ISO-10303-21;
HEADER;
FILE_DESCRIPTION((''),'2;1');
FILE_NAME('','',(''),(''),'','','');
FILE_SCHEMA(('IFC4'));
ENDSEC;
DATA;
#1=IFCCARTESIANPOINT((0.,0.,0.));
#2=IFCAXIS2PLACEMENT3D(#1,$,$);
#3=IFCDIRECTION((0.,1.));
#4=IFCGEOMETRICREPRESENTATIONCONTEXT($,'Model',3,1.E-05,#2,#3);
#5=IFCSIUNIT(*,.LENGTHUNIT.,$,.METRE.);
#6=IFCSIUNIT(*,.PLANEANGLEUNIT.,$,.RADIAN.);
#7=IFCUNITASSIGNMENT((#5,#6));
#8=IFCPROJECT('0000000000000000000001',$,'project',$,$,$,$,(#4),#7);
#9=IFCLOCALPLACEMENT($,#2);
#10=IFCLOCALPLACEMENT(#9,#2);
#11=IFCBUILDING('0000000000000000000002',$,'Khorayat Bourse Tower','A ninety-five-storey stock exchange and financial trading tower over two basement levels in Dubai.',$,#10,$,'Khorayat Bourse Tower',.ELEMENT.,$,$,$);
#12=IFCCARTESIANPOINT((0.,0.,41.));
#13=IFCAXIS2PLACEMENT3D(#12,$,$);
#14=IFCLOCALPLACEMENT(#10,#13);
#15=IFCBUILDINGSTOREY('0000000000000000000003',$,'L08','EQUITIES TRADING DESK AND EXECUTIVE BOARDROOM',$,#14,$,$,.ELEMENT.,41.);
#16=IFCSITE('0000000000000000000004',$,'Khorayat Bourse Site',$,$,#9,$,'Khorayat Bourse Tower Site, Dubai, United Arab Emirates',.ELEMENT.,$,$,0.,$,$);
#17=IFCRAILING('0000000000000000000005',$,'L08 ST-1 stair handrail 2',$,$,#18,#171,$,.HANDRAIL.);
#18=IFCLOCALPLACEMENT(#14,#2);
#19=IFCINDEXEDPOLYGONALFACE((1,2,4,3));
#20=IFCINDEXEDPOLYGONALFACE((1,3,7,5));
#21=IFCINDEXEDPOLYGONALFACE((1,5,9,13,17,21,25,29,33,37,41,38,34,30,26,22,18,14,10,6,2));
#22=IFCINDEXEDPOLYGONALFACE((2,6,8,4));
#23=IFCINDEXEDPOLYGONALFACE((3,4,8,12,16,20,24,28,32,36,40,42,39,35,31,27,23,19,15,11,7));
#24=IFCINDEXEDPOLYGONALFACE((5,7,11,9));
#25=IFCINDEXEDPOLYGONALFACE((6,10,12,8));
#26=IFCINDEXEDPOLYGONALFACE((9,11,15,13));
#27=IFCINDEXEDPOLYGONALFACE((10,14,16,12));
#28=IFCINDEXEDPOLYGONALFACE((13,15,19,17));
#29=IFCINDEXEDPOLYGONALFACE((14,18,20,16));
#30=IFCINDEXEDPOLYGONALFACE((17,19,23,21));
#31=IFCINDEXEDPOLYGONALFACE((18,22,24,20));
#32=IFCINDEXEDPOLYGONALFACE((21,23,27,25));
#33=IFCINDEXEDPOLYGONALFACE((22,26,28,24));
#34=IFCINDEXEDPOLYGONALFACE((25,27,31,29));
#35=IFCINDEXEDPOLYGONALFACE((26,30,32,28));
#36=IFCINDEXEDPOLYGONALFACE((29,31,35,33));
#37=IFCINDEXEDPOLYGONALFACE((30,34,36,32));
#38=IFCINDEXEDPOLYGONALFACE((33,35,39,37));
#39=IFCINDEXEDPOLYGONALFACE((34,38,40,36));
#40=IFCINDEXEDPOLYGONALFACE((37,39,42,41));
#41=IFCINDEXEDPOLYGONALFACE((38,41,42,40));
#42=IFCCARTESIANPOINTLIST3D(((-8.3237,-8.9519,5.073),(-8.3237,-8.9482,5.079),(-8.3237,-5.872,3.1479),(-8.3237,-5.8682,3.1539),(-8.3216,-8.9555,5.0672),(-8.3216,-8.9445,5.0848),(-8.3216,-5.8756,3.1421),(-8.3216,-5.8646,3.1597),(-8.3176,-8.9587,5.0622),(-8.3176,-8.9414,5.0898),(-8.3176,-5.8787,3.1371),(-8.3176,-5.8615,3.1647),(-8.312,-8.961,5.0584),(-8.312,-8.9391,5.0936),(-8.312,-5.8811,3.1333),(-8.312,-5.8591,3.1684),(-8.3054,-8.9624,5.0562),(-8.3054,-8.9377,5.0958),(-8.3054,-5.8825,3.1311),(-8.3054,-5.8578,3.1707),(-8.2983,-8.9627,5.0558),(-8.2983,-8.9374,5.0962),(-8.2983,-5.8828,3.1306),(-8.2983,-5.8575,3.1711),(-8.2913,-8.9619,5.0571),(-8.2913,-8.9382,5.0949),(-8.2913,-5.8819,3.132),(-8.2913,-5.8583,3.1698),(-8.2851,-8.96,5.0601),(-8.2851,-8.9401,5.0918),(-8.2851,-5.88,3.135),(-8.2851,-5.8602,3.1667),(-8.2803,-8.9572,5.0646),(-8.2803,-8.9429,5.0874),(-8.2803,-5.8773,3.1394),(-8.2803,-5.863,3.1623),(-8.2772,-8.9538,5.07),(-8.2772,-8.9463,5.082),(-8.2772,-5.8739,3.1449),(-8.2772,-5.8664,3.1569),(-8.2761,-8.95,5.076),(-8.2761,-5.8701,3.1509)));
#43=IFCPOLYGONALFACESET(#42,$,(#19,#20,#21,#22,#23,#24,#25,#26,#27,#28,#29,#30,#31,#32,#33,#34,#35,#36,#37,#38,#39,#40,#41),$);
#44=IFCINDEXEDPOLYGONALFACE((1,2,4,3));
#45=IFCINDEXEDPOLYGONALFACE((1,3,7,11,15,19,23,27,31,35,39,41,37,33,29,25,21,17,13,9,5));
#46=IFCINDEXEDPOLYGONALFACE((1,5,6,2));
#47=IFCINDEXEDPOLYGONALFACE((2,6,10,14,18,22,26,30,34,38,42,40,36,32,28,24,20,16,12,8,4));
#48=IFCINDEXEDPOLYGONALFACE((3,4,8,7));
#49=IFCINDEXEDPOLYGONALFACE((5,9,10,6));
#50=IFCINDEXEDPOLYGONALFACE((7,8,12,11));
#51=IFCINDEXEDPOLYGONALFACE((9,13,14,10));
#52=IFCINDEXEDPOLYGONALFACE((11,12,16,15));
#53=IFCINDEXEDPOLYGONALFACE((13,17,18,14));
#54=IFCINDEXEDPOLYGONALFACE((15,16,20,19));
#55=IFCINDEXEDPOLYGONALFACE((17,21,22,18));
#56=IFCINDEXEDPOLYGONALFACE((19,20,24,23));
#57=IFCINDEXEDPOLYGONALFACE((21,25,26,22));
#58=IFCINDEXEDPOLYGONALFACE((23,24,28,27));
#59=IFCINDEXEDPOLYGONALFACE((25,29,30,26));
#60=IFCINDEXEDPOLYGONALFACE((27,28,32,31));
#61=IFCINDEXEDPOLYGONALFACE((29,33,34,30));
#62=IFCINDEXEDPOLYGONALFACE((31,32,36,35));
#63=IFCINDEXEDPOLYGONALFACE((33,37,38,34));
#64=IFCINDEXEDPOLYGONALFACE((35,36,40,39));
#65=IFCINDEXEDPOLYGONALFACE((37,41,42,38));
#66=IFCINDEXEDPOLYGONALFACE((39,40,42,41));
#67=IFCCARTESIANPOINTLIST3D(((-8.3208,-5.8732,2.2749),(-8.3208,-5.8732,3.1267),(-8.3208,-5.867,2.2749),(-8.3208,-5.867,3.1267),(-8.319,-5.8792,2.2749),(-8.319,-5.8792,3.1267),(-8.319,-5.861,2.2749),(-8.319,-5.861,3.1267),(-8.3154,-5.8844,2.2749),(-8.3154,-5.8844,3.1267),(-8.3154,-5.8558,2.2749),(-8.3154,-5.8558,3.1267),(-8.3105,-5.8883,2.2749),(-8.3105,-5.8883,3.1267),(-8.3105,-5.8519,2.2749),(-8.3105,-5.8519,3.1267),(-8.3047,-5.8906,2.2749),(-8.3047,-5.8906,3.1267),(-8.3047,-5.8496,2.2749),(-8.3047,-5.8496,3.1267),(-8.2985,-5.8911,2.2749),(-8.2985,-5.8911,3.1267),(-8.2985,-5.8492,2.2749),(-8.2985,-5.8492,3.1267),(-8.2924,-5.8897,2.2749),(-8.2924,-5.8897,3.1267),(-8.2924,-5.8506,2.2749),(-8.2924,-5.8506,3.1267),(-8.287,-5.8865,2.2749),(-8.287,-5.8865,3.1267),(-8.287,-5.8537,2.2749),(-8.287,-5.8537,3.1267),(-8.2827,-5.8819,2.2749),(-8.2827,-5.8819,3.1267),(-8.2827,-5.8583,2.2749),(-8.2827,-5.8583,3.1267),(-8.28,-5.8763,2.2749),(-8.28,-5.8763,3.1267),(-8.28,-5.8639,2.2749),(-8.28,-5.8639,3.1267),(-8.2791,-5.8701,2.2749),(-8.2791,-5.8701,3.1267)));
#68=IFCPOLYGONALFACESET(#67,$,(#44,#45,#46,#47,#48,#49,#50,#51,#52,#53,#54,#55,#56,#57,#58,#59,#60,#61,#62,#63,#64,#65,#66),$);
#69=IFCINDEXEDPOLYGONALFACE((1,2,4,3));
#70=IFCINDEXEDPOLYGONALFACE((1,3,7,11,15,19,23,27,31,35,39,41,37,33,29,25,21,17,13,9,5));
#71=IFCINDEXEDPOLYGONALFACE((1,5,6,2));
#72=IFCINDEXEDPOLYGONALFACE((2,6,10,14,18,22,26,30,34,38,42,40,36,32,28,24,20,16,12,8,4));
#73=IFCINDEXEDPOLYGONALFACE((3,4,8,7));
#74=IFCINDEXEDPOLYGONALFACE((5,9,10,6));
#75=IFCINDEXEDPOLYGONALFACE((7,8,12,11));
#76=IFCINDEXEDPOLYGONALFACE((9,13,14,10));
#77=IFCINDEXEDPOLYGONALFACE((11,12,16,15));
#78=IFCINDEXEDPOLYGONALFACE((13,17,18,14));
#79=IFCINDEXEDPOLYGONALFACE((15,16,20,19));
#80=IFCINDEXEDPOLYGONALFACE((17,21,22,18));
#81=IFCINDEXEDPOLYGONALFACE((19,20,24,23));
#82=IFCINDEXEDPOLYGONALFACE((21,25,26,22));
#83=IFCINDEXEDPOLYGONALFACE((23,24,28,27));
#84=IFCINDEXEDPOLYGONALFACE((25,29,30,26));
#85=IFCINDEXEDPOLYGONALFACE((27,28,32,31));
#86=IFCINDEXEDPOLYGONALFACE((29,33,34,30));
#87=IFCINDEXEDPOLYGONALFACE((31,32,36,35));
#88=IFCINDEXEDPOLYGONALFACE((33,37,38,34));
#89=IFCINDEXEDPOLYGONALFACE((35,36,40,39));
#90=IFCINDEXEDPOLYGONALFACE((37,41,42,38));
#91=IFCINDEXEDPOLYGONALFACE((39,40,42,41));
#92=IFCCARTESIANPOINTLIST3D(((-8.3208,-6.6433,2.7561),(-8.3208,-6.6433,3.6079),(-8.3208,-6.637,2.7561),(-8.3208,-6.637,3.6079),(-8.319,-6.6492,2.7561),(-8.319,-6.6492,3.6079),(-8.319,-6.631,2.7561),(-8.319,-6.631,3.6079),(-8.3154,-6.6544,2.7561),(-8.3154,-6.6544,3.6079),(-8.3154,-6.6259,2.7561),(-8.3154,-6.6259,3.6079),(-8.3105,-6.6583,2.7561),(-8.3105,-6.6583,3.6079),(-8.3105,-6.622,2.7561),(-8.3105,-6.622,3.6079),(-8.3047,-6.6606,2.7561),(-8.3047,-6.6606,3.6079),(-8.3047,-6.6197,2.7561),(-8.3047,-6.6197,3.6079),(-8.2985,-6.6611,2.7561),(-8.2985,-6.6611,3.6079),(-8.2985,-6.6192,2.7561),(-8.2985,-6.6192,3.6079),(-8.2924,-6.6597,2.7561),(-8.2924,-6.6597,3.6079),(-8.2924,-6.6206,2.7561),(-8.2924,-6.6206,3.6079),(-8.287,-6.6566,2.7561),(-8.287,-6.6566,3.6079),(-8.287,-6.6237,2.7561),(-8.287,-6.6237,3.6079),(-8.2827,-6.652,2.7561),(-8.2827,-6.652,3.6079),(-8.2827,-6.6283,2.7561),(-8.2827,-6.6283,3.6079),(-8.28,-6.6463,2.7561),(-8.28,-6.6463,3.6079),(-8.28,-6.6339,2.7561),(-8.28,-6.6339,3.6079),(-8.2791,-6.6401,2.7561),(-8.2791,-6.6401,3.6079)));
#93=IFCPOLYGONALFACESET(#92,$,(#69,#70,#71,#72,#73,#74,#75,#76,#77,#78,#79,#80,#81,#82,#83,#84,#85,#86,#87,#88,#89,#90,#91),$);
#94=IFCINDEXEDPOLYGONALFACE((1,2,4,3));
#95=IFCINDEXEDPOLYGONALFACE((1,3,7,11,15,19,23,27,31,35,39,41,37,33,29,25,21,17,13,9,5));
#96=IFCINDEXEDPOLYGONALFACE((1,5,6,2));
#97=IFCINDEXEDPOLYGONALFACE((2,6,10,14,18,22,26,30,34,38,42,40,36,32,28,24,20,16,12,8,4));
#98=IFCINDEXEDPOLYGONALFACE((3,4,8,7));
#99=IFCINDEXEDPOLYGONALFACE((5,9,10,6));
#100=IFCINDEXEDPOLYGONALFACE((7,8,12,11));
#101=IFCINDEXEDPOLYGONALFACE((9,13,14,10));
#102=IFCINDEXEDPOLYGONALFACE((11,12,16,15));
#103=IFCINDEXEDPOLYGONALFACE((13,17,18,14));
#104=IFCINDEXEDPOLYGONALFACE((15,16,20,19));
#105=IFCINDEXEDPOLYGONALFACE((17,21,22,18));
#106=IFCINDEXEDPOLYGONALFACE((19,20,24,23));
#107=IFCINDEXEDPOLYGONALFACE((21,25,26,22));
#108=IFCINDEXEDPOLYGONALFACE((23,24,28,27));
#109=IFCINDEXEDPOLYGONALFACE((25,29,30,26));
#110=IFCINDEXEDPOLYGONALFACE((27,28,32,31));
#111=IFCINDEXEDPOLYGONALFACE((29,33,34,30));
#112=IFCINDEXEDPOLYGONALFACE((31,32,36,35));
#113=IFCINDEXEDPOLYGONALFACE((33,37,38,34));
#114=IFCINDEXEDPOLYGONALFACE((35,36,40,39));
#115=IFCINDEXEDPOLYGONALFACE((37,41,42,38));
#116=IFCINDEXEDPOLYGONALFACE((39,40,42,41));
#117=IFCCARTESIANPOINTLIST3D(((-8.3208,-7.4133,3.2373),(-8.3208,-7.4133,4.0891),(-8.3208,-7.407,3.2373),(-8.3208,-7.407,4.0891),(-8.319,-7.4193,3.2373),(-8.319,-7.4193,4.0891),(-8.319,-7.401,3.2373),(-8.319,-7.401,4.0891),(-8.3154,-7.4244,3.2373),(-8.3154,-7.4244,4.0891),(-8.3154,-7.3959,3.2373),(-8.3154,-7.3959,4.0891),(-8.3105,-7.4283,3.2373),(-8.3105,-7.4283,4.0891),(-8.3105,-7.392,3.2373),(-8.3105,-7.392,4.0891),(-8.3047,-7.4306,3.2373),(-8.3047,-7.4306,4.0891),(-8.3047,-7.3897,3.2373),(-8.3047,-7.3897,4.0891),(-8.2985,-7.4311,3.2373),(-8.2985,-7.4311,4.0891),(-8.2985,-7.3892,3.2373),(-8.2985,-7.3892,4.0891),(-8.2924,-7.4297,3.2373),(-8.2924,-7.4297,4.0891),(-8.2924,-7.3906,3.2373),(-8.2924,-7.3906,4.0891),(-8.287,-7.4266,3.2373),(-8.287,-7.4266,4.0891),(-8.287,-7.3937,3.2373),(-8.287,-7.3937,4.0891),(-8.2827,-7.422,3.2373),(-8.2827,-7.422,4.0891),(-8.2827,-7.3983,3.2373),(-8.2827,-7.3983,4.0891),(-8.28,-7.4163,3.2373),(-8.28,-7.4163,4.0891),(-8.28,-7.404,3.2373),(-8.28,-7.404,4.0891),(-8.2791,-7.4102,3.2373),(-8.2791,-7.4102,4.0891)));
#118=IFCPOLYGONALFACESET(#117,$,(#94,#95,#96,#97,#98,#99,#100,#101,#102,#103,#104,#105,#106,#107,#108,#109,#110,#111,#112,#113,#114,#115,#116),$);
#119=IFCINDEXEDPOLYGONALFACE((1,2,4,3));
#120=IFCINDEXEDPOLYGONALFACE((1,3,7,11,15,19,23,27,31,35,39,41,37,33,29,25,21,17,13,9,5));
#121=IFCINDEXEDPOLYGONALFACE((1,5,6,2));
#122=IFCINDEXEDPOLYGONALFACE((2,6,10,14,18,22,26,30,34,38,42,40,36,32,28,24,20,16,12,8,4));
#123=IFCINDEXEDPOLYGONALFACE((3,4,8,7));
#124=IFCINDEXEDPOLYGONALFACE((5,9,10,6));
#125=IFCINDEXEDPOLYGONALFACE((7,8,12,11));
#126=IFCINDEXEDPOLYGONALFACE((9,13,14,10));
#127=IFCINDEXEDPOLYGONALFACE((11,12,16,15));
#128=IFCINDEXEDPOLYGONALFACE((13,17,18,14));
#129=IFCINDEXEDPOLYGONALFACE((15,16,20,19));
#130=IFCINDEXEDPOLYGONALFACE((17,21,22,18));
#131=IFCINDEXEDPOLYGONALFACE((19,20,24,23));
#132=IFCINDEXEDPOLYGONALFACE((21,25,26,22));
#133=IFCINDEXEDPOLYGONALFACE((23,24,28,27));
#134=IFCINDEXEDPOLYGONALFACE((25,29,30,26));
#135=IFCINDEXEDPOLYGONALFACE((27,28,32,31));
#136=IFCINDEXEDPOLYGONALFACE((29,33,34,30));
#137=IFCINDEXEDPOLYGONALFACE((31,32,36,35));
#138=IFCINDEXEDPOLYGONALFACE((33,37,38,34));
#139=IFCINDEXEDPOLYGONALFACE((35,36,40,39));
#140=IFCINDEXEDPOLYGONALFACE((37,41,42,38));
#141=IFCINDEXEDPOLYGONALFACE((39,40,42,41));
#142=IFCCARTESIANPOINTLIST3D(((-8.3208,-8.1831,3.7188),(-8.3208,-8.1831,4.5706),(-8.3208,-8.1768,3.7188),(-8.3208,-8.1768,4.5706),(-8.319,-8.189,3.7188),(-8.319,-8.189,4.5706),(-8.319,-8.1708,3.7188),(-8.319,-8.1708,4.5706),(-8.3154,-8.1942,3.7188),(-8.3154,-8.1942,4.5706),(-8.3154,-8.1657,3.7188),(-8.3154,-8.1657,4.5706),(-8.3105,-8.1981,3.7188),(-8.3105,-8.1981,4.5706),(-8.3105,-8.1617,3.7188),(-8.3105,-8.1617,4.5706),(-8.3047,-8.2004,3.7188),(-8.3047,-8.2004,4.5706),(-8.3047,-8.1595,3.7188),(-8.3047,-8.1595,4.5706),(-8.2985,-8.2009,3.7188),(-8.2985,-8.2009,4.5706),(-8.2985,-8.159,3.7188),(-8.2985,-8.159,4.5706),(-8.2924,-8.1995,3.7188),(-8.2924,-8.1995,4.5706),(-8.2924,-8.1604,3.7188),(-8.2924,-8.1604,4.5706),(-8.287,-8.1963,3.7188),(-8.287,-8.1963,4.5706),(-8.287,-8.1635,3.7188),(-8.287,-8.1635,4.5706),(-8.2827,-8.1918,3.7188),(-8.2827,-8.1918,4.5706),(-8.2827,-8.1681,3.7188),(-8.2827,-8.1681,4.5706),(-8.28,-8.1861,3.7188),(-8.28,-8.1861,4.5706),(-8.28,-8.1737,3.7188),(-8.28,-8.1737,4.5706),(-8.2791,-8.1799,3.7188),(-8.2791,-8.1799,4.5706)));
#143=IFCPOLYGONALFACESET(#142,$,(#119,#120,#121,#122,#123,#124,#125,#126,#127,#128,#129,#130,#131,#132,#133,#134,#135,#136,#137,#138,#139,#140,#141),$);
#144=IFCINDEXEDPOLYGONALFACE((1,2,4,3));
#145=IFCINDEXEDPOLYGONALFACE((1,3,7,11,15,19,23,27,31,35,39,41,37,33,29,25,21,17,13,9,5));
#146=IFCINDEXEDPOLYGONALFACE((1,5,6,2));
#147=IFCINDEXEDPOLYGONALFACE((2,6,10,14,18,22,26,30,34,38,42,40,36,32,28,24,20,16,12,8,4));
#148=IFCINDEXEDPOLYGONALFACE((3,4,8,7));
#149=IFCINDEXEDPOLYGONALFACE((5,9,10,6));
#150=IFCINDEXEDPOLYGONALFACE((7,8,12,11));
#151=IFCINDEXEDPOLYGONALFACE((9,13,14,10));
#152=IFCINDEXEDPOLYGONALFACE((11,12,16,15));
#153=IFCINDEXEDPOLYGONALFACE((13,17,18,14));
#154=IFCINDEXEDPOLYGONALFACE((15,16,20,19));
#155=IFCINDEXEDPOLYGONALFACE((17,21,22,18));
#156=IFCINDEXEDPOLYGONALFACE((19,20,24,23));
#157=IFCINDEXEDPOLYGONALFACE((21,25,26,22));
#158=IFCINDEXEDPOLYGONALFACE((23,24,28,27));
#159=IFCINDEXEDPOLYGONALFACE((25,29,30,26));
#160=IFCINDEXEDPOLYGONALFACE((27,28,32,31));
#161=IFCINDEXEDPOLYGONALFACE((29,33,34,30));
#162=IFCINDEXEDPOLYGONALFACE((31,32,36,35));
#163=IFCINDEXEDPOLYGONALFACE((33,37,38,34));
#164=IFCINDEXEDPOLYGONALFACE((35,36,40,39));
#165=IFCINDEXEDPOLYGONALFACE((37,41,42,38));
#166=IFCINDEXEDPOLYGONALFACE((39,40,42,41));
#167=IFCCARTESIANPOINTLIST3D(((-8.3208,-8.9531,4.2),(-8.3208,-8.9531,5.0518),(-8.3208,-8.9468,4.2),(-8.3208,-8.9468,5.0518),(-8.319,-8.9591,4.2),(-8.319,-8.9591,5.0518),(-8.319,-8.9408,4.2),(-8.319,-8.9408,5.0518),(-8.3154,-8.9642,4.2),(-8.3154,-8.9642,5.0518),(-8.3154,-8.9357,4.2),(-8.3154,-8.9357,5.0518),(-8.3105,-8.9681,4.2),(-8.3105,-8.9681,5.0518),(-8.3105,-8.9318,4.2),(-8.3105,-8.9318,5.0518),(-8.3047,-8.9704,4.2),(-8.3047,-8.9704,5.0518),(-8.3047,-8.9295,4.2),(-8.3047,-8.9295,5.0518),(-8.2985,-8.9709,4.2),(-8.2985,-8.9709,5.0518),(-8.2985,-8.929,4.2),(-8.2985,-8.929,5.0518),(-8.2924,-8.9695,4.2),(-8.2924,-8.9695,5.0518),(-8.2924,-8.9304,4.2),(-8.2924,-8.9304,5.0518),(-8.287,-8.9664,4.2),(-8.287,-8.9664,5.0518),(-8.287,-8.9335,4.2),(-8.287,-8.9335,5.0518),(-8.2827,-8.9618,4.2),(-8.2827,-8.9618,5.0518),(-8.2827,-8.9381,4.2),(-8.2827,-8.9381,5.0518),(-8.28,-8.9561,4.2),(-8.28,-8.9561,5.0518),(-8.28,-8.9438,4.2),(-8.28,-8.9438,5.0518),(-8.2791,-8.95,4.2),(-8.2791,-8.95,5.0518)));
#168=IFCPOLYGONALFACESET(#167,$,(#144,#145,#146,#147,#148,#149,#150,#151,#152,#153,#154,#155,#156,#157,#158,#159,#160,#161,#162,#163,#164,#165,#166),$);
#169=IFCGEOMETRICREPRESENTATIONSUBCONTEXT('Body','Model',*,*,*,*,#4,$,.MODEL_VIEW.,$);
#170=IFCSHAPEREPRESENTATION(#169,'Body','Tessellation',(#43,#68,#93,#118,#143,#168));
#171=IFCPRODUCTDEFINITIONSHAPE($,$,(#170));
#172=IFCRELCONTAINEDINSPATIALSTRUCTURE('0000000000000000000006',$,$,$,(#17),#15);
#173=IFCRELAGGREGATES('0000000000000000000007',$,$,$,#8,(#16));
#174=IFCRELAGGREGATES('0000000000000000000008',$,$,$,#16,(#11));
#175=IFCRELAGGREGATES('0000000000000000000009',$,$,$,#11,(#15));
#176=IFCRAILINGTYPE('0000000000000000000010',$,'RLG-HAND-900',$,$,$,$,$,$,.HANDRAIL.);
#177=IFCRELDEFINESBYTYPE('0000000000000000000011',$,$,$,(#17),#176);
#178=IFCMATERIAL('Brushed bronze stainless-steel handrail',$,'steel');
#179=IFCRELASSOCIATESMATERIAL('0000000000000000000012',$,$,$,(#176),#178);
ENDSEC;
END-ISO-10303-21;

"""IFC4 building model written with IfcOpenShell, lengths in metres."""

from ifc_helpers import new_model, si_unit, direction, frame, origin, origin_2d, place, context, subcontext, project, spatial, circle, extrude, source, transform, mapped, material, type_object, element, save


model = new_model("IFC4")

# Units and contexts
model_context = context("Model", 3, precision=1e-05, world=origin(), true_north=direction((0.0, 1.0)))
body_context = subcontext(model_context, "Body", "Model", "MODEL_VIEW")
ifc_project = project(units=[si_unit("LENGTHUNIT", "METRE"), si_unit("PLANEANGLEUNIT", "RADIAN")], contexts=[model_context])

# Site, building, storey
site_placement = place(None, origin())
site = spatial("IfcSite", under=ifc_project, at=site_placement, Name="Khorayat Bourse Site", LongName="Khorayat Bourse Tower Site, Dubai, United Arab Emirates", CompositionType="ELEMENT", RefElevation=0.0)
building_placement = place(site_placement, origin())
building = spatial("IfcBuilding", under=site, at=building_placement, Name="Khorayat Bourse Tower", Description="A ninety-five-storey stock exchange and financial trading tower over two basement levels in Dubai.", LongName="Khorayat Bourse Tower", CompositionType="ELEMENT")
storey_placement = place(building_placement, frame((0.0, 0.0, 41.0)))
storey = spatial("IfcBuildingStorey", under=building, at=storey_placement, Name="L08", Description="EQUITIES TRADING DESK AND EXECUTIVE BOARDROOM", CompositionType="ELEMENT", Elevation=41.0)

# Railing
ifc_material_1 = material(Name="Brushed bronze stainless-steel handrail", Category="steel")
railing_type_1 = type_object("IfcRailingType", Name="RLG-HAND-900", PredefinedType="HANDRAIL", material=ifc_material_1)
shared_shape_1 = source(origin(), body_context, "Body", "SweptSolid", [
    extrude(circle(Radius=0.0239, at=origin_2d()), frame((0.0, 0.0, 0.876), z_axis=(0.0, -0.847979, 0.530029), x_axis=(1.0, 0.0, 0.0)), (0.0, 0.0, 1.0), 3.6321),
    extrude(circle(Radius=0.021, at=origin_2d()), origin(), (0.0, 0.0, 1.0), 0.8518),
    extrude(circle(Radius=0.021, at=origin_2d()), frame((0.0, -0.77, 0.4812)), (0.0, 0.0, 1.0), 0.8518),
    extrude(circle(Radius=0.021, at=origin_2d()), frame((0.0, -1.54, 0.9624)), (0.0, 0.0, 1.0), 0.8518),
    extrude(circle(Radius=0.021, at=origin_2d()), frame((0.0, -2.3098, 1.4438)), (0.0, 0.0, 1.0), 0.8518),
    extrude(circle(Radius=0.021, at=origin_2d()), frame((0.0, -3.0798, 1.925)), (0.0, 0.0, 1.0), 0.8518),
])
railing_1_placement = place(storey_placement, frame((-8.3, -5.8701, 2.2749)))
element("IfcRailing", 1, at=railing_1_placement, inside=storey, type_object=railing_type_1, Name="L08 ST-1 stair handrail 2", PredefinedType="HANDRAIL", context=body_context, shape_type="MappedRepresentation", body=[
    mapped(shared_shape_1, transform((0.0, 0.0, 0.0), scale=1.0)),
])

save(model, "model.ifc")
